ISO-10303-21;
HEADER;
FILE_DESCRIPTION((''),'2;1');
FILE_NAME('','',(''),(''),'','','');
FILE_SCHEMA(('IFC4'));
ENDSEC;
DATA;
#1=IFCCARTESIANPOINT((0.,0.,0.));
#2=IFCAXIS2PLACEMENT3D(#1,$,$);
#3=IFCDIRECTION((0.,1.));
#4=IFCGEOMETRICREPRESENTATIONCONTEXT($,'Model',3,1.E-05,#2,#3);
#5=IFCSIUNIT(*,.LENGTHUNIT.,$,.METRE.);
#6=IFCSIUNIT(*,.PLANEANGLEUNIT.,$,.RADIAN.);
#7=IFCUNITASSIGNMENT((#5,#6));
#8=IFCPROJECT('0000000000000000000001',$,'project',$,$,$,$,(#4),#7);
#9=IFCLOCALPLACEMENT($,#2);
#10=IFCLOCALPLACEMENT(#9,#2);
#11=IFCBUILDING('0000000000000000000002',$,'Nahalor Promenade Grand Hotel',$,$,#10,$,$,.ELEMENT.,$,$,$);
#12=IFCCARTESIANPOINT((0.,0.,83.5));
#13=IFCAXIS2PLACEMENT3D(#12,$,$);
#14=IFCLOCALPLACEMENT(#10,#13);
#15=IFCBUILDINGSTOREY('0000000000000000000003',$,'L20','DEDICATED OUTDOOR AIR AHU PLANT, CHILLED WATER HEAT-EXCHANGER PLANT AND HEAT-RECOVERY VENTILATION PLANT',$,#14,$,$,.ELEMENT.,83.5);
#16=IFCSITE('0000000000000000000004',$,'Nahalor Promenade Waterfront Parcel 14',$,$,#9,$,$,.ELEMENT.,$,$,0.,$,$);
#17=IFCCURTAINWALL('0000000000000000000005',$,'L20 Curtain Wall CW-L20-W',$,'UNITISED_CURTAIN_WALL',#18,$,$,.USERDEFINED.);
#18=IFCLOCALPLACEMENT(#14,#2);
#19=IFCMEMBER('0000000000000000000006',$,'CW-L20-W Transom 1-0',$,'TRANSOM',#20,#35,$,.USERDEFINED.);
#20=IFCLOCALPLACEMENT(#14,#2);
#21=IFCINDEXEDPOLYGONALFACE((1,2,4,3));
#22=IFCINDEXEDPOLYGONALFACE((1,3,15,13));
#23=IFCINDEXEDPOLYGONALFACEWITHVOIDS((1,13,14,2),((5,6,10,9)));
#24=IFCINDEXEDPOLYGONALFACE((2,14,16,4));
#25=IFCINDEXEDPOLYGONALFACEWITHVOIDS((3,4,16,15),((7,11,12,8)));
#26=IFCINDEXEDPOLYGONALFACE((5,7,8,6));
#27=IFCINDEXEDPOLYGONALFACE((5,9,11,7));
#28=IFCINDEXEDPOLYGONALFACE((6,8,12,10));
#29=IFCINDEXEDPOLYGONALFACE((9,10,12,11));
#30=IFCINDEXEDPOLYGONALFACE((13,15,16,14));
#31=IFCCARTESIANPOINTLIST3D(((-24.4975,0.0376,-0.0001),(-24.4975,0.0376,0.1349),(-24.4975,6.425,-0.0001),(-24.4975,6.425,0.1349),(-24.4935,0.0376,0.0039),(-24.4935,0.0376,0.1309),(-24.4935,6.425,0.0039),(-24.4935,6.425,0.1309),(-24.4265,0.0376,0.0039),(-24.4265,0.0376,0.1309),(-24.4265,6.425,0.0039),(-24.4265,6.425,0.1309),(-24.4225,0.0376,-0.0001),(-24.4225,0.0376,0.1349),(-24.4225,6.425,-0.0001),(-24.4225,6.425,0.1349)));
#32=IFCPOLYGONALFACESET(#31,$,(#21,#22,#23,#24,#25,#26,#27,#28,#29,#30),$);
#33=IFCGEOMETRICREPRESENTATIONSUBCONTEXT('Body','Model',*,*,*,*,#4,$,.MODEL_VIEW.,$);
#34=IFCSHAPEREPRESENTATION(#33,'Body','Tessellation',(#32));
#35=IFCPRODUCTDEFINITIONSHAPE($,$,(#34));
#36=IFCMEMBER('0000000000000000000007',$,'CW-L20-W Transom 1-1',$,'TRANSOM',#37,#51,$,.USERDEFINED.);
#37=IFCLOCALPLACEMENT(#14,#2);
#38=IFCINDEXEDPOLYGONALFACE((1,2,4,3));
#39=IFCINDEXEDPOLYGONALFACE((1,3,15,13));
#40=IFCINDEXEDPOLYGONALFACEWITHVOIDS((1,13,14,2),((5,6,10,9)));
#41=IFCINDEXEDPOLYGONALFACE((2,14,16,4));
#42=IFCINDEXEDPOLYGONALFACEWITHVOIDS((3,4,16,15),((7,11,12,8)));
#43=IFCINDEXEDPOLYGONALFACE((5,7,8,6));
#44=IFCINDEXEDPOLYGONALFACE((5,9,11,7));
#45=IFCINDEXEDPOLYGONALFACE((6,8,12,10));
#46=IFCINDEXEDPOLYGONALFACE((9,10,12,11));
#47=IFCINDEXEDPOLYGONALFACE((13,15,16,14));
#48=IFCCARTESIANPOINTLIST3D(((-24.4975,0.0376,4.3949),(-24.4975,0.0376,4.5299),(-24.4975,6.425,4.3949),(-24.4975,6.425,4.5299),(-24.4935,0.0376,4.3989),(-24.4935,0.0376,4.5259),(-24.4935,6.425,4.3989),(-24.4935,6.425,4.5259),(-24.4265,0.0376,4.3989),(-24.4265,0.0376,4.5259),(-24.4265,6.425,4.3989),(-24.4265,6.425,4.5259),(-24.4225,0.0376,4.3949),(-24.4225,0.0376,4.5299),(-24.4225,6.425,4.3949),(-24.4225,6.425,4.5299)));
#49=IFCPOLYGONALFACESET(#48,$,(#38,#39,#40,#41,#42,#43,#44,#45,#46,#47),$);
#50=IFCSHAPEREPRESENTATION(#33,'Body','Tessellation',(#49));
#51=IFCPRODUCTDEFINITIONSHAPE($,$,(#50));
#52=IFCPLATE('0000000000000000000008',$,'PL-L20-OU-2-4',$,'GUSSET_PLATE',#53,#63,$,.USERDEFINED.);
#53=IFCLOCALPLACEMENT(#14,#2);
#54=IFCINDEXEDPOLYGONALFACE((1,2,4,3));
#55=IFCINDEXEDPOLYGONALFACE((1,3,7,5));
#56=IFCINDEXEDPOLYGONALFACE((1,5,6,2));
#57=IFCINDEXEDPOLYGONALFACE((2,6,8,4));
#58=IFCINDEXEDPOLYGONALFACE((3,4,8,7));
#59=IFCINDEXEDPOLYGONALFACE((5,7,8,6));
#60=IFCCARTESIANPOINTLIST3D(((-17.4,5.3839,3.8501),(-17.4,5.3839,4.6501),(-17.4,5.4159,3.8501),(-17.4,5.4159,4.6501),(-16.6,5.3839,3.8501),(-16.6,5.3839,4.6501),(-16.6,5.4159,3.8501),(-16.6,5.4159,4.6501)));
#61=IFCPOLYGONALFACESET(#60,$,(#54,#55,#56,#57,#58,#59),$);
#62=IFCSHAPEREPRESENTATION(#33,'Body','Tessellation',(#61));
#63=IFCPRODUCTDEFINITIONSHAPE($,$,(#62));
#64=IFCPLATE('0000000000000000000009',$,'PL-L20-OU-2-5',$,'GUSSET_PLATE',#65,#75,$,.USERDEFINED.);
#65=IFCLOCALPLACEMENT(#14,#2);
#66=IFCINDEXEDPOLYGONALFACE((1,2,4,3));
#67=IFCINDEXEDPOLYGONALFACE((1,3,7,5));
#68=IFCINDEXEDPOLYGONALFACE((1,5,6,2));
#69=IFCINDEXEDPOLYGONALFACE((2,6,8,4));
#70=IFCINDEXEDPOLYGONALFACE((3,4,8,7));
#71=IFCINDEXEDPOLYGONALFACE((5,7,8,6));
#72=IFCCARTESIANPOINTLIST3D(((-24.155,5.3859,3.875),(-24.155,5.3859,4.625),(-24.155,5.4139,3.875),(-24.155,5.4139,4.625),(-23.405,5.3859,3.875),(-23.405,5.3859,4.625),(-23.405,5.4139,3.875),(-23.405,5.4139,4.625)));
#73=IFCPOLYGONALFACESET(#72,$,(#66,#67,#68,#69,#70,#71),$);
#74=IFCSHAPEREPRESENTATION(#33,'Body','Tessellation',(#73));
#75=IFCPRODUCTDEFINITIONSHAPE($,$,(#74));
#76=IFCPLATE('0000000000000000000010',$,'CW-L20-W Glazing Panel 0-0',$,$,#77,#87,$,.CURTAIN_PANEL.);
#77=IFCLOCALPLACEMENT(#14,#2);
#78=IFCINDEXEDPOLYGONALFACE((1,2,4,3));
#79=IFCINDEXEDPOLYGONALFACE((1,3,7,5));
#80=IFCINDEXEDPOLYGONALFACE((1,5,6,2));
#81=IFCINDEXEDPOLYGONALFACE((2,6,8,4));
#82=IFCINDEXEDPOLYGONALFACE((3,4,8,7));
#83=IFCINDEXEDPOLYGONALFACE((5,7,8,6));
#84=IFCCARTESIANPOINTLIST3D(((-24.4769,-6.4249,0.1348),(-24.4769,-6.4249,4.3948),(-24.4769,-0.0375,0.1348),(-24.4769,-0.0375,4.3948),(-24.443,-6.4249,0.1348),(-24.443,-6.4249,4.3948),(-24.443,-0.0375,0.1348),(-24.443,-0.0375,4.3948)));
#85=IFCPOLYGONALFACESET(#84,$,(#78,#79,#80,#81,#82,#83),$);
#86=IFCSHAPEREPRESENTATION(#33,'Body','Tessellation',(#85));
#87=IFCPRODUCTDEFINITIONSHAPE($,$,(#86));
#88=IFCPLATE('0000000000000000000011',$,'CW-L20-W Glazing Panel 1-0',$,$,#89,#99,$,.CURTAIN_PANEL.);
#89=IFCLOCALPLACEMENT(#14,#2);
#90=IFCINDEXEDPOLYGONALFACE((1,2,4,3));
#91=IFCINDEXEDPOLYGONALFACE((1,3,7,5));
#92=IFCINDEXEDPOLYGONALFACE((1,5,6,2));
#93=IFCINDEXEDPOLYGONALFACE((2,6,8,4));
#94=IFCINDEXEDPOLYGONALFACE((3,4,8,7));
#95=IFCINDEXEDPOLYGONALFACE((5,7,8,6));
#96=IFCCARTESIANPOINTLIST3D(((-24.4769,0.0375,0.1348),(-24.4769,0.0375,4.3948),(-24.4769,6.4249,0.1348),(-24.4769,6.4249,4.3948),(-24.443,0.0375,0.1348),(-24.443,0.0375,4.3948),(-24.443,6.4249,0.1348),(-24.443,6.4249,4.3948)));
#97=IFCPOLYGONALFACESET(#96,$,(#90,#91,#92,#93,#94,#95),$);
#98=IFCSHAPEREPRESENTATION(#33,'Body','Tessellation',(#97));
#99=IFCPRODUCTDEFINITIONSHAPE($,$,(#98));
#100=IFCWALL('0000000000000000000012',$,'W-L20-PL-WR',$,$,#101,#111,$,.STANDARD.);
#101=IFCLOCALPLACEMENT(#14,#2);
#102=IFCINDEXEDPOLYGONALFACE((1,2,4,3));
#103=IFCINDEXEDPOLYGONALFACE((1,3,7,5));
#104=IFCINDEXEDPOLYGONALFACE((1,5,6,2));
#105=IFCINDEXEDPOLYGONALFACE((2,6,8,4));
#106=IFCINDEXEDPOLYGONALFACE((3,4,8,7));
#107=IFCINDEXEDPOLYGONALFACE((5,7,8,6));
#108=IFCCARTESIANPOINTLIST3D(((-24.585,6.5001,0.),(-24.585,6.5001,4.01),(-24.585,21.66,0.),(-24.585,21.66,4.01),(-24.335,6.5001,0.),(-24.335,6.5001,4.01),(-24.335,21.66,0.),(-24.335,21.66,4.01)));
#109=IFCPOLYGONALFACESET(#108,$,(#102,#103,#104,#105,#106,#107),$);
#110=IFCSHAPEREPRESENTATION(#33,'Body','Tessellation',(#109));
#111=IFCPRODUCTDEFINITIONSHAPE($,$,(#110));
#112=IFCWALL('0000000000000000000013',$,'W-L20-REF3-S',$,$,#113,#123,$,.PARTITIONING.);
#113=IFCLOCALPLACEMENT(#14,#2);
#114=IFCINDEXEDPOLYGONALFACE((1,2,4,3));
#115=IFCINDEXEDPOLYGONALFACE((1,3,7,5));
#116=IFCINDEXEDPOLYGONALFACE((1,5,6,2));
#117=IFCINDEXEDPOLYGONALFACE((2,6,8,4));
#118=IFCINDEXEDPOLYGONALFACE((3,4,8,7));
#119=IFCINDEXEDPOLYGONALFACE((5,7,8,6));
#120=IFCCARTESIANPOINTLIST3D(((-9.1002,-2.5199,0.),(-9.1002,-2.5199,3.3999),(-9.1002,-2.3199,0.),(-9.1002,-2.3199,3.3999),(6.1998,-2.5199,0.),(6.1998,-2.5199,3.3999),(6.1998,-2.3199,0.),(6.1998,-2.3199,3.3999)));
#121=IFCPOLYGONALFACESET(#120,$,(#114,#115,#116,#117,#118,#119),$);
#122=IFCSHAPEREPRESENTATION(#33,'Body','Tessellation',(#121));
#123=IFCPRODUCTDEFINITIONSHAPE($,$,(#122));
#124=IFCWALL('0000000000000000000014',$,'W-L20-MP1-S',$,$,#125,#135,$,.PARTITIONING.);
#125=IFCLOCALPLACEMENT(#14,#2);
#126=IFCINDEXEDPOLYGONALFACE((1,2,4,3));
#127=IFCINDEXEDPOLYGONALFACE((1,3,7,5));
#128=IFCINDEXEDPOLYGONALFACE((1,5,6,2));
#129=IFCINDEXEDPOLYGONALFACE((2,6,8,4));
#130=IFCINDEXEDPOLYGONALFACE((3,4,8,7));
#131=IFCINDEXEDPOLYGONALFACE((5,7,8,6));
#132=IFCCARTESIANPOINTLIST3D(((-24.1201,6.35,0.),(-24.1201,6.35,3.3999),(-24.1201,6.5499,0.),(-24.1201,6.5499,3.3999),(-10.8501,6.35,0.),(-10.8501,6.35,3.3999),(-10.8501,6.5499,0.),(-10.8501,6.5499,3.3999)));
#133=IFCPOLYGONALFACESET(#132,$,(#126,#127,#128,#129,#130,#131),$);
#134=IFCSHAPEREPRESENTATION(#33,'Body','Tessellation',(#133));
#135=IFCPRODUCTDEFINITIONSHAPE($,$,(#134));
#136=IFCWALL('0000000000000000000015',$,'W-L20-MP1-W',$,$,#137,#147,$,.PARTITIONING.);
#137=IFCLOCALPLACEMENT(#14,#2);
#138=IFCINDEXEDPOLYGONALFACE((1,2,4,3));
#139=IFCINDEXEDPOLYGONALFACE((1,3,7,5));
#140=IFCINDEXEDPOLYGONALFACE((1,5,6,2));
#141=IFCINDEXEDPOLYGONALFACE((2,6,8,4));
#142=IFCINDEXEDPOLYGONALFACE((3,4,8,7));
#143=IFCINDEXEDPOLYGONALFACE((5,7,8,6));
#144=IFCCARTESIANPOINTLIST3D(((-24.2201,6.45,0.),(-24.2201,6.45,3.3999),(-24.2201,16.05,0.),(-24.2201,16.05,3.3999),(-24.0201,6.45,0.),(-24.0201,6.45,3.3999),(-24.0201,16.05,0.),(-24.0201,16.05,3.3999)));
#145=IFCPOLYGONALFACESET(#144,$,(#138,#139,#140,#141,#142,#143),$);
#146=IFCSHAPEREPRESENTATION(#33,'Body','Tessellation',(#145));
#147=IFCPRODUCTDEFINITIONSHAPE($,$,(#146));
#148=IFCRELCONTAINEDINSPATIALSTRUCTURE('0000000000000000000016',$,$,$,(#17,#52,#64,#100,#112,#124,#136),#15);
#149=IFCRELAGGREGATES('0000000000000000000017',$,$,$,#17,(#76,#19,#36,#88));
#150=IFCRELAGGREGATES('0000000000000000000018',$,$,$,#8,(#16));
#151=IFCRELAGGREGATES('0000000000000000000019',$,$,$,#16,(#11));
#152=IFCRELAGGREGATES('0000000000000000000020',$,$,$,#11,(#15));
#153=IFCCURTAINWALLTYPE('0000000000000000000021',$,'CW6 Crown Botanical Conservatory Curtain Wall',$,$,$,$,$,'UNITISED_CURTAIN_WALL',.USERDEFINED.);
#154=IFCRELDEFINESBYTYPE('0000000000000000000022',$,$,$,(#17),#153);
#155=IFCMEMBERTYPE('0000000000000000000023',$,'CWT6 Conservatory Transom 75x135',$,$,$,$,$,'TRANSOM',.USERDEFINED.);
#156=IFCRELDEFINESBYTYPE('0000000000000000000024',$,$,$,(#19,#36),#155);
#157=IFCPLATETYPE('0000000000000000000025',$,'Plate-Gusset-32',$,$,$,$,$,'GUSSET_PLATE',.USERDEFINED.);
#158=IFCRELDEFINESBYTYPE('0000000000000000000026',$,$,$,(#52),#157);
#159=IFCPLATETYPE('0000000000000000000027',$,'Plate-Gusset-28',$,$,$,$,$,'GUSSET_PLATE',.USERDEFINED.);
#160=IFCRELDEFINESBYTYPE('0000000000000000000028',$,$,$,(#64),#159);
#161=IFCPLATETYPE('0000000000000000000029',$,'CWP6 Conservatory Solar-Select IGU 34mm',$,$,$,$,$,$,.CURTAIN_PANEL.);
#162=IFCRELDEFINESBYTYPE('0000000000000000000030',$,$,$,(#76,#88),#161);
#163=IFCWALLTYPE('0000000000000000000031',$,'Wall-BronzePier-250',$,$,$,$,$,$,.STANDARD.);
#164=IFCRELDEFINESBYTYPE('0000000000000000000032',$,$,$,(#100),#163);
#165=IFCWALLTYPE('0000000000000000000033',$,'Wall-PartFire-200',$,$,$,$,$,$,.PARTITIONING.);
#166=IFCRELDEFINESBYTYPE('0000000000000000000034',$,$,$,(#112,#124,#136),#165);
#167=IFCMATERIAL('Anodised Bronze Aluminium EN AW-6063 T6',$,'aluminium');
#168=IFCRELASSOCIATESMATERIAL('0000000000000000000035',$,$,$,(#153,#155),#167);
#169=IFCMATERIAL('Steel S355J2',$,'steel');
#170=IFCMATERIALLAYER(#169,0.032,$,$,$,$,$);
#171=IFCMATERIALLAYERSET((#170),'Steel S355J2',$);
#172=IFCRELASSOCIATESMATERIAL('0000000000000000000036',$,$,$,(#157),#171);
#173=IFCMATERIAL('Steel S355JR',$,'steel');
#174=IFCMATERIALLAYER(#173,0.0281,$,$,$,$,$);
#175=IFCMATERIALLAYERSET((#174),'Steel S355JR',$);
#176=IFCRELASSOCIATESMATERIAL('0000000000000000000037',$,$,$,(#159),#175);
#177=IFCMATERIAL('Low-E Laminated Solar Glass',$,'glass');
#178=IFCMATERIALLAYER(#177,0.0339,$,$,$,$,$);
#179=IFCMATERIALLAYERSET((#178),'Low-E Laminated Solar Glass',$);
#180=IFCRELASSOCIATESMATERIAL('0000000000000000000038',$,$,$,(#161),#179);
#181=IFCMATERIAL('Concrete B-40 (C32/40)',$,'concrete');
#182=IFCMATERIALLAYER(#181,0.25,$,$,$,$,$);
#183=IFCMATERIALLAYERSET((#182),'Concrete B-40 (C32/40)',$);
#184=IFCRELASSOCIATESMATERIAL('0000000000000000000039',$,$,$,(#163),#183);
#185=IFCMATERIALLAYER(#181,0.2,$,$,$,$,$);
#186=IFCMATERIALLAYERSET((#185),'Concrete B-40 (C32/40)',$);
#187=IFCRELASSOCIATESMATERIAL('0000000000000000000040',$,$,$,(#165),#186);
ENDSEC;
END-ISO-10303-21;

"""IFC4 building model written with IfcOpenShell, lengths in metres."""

from ifc_helpers import new_model, si_unit, direction, frame, frame_2d, origin, origin_2d, place, context, subcontext, project, spatial, rectangle, hollow_rectangle, extrude, source, transform, mapped, material, layer, layer_set, material_profile, profile_set, type_object, element, aggregate, save


model = new_model("IFC4")

# Units and contexts
model_context = context("Model", 3, precision=1e-05, world=origin(), true_north=direction((0.0, 1.0)))
body_context = subcontext(model_context, "Body", "Model", "MODEL_VIEW")
ifc_project = project(units=[si_unit("LENGTHUNIT", "METRE"), si_unit("PLANEANGLEUNIT", "RADIAN")], contexts=[model_context])

# Site, building, storey
site_placement = place(None, origin())
site = spatial("IfcSite", under=ifc_project, at=site_placement, Name="Nahalor Promenade Waterfront Parcel 14", CompositionType="ELEMENT", RefElevation=0.0)
building_placement = place(site_placement, origin())
building = spatial("IfcBuilding", under=site, at=building_placement, Name="Nahalor Promenade Grand Hotel", CompositionType="ELEMENT")
storey_placement = place(building_placement, frame((0.0, 0.0, 83.5)))
storey = spatial("IfcBuildingStorey", under=building, at=storey_placement, Name="L20", Description="DEDICATED OUTDOOR AIR AHU PLANT, CHILLED WATER HEAT-EXCHANGER PLANT AND HEAT-RECOVERY VENTILATION PLANT", CompositionType="ELEMENT", Elevation=83.5)

# Shared definitions
ifc_material_1 = material(Name="Steel S355J2", Category="steel")

# Shared definitions
ifc_material_2 = material(Name="Steel S355JR", Category="steel")

# Curtain wall, members
ifc_material_3 = material(Name="Anodised Bronze Aluminium EN AW-6063 T6", Category="aluminium")
curtain_wall_type = type_object("IfcCurtainWallType", Name="CW6 Crown Botanical Conservatory Curtain Wall", ElementType="UNITISED_CURTAIN_WALL", PredefinedType="USERDEFINED", material=ifc_material_3)
curtain_wall_placement = place(storey_placement, origin())
curtain_wall = element("IfcCurtainWall", 1, at=curtain_wall_placement, inside=storey, type_object=curtain_wall_type, Name="L20 Curtain Wall CW-L20-W", ObjectType="UNITISED_CURTAIN_WALL", PredefinedType="USERDEFINED")
ifc_material_profile_1 = material_profile(ifc_material_3, hollow_rectangle(XDim=0.075, YDim=0.135, WallThickness=0.004, at=origin_2d()), Name="CWT 75x135x4")
ifc_profile_set_1 = profile_set([ifc_material_profile_1], Name="Anodised Bronze Aluminium EN AW-6063 T6")
member_type_1 = type_object("IfcMemberType", Name="CWT6 Conservatory Transom 75x135", ElementType="TRANSOM", PredefinedType="USERDEFINED", material=ifc_profile_set_1)
shared_shape_1 = source(origin(), body_context, "Body", "SweptSolid", [
    extrude(hollow_rectangle(XDim=0.075, YDim=0.135, WallThickness=0.004, at=origin_2d()), origin(), (0.0, 0.0, 1.0), 6.3875),
])
member_1_placement = place(storey_placement, frame((-24.46, 0.0376, 0.0674), z_axis=(0.0, 1.0, 0.0), x_axis=(-1.0, 0.0, 0.0)))
member_1 = element("IfcMember", 2, at=member_1_placement, type_object=member_type_1, Name="CW-L20-W Transom 1-0", ObjectType="TRANSOM", PredefinedType="USERDEFINED", context=body_context, shape_type="MappedRepresentation", body=[
    mapped(shared_shape_1, transform((0.0, 0.0, 0.0), scale=1.0)),
])
member_2_placement = place(storey_placement, frame((-24.46, 0.0376, 4.4624), z_axis=(0.0, 1.0, 0.0), x_axis=(-1.0, 0.0, 0.0)))
member_2 = element("IfcMember", 3, at=member_2_placement, type_object=member_type_1, Name="CW-L20-W Transom 1-1", ObjectType="TRANSOM", PredefinedType="USERDEFINED", context=body_context, shape_type="MappedRepresentation", body=[
    mapped(shared_shape_1, transform((0.0, 0.0, 0.0), scale=1.0)),
])

# Plates
ifc_layer_1 = layer(ifc_material_1, 0.032)
ifc_layer_set_1 = layer_set([ifc_layer_1], Name="Steel S355J2")
plate_type_1 = type_object("IfcPlateType", Name="Plate-Gusset-32", ElementType="GUSSET_PLATE", PredefinedType="USERDEFINED", material=ifc_layer_set_1)
shared_shape_2 = source(origin(), body_context, "Body", "SweptSolid", [
    extrude(rectangle(XDim=0.8, YDim=0.032, at=origin_2d()), origin(), (0.0, 0.0, 1.0), 0.8),
])
plate_1_placement = place(storey_placement, frame((-17.0, 5.3999, 3.8501), z_axis=(0.0, 0.0, 1.0), x_axis=(1.0, 0.0, 0.0)))
element("IfcPlate", 4, at=plate_1_placement, inside=storey, type_object=plate_type_1, Name="PL-L20-OU-2-4", ObjectType="GUSSET_PLATE", PredefinedType="USERDEFINED", context=body_context, shape_type="MappedRepresentation", body=[
    mapped(shared_shape_2, transform((0.0, 0.0, 0.0), scale=1.0)),
])
ifc_layer_2 = layer(ifc_material_2, 0.0281)
ifc_layer_set_2 = layer_set([ifc_layer_2], Name="Steel S355JR")
plate_type_2 = type_object("IfcPlateType", Name="Plate-Gusset-28", ElementType="GUSSET_PLATE", PredefinedType="USERDEFINED", material=ifc_layer_set_2)
shared_shape_3 = source(origin(), body_context, "Body", "SweptSolid", [
    extrude(rectangle(XDim=0.75, YDim=0.0281, at=origin_2d()), origin(), (0.0, 0.0, 1.0), 0.75),
])
plate_2_placement = place(storey_placement, frame((-23.78, 5.3999, 3.875), z_axis=(0.0, 0.0, 1.0), x_axis=(1.0, 0.0, 0.0)))
element("IfcPlate", 5, at=plate_2_placement, inside=storey, type_object=plate_type_2, Name="PL-L20-OU-2-5", ObjectType="GUSSET_PLATE", PredefinedType="USERDEFINED", context=body_context, shape_type="MappedRepresentation", body=[
    mapped(shared_shape_3, transform((0.0, 0.0, 0.0), scale=1.0)),
])

# Plates
ifc_material_4 = material(Name="Low-E Laminated Solar Glass", Category="glass")
ifc_layer_3 = layer(ifc_material_4, 0.0339)
ifc_layer_set_3 = layer_set([ifc_layer_3], Name="Low-E Laminated Solar Glass")
plate_type_3 = type_object("IfcPlateType", Name="CWP6 Conservatory Solar-Select IGU 34mm", PredefinedType="CURTAIN_PANEL", material=ifc_layer_set_3)
shared_shape_4 = source(origin(), body_context, "Body", "SweptSolid", [
    extrude(rectangle(XDim=6.3875, YDim=0.0339, at=origin_2d()), origin(), (0.0, 0.0, 1.0), 4.26),
])
plate_3_placement = place(storey_placement, frame((-24.46, -3.2312, 0.1348), z_axis=(0.0, 0.0, 1.0), x_axis=(0.0, 1.0, 0.0)))
plate_3 = element("IfcPlate", 6, at=plate_3_placement, type_object=plate_type_3, Name="CW-L20-W Glazing Panel 0-0", PredefinedType="CURTAIN_PANEL", context=body_context, shape_type="MappedRepresentation", body=[
    mapped(shared_shape_4, transform((0.0, 0.0, 0.0), scale=1.0)),
])
plate_4_placement = place(storey_placement, frame((-24.46, 3.2312, 0.1348), z_axis=(0.0, 0.0, 1.0), x_axis=(0.0, 1.0, 0.0)))
plate_4 = element("IfcPlate", 7, at=plate_4_placement, type_object=plate_type_3, Name="CW-L20-W Glazing Panel 1-0", PredefinedType="CURTAIN_PANEL", context=body_context, shape_type="MappedRepresentation", body=[
    mapped(shared_shape_4, transform((0.0, 0.0, 0.0), scale=1.0)),
])
aggregate(curtain_wall, [plate_3, member_1, member_2, plate_4])

# Walls
ifc_material_5 = material(Name="Concrete B-40 (C32/40)", Category="concrete")
ifc_layer_4 = layer(ifc_material_5, 0.25)
ifc_layer_set_4 = layer_set([ifc_layer_4], Name="Concrete B-40 (C32/40)")
wall_type_1 = type_object("IfcWallType", Name="Wall-BronzePier-250", PredefinedType="STANDARD", material=ifc_layer_set_4)
shared_shape_5 = source(origin(), body_context, "Body", "SweptSolid", [
    extrude(rectangle(XDim=15.1599, YDim=0.25, at=frame_2d((7.5801, 0.0))), origin(), (0.0, 0.0, 1.0), 4.01),
])
wall_1_placement = place(storey_placement, frame((-24.46, 6.5, 0.0), z_axis=(0.0, 0.0, 1.0), x_axis=(0.0, 1.0, 0.0)))
element("IfcWall", 8, at=wall_1_placement, inside=storey, type_object=wall_type_1, Name="W-L20-PL-WR", PredefinedType="STANDARD", context=body_context, shape_type="MappedRepresentation", body=[
    mapped(shared_shape_5, transform((0.0, 0.0, 0.0), scale=1.0)),
])
ifc_layer_5 = layer(ifc_material_5, 0.2)
ifc_layer_set_5 = layer_set([ifc_layer_5], Name="Concrete B-40 (C32/40)")
wall_type_2 = type_object("IfcWallType", Name="Wall-PartFire-200", PredefinedType="PARTITIONING", material=ifc_layer_set_5)
shared_shape_6 = source(origin(), body_context, "Body", "SweptSolid", [
    extrude(rectangle(XDim=15.3, YDim=0.2, at=frame_2d((7.6499, 0.0))), origin(), (0.0, 0.0, 1.0), 3.3999),
])
wall_2_placement = place(storey_placement, frame((-9.1001, -2.4199, 0.0), z_axis=(0.0, 0.0, 1.0), x_axis=(1.0, 0.0, 0.0)))
element("IfcWall", 9, at=wall_2_placement, inside=storey, type_object=wall_type_2, Name="W-L20-REF3-S", PredefinedType="PARTITIONING", context=body_context, shape_type="MappedRepresentation", body=[
    mapped(shared_shape_6, transform((0.0, 0.0, 0.0), scale=1.0)),
])
shared_shape_7 = source(origin(), body_context, "Body", "SweptSolid", [
    extrude(rectangle(XDim=13.27, YDim=0.2, at=frame_2d((6.635, 0.0))), origin(), (0.0, 0.0, 1.0), 3.3999),
])
wall_3_placement = place(storey_placement, frame((-24.1201, 6.45, 0.0), z_axis=(0.0, 0.0, 1.0), x_axis=(1.0, 0.0, 0.0)))
element("IfcWall", 10, at=wall_3_placement, inside=storey, type_object=wall_type_2, Name="W-L20-MP1-S", PredefinedType="PARTITIONING", context=body_context, shape_type="MappedRepresentation", body=[
    mapped(shared_shape_7, transform((0.0, 0.0, 0.0), scale=1.0)),
])
shared_shape_8 = source(origin(), body_context, "Body", "SweptSolid", [
    extrude(rectangle(XDim=9.6001, YDim=0.2, at=frame_2d((4.8, 0.0))), origin(), (0.0, 0.0, 1.0), 3.3999),
])
wall_4_placement = place(storey_placement, frame((-24.1201, 6.45, 0.0), z_axis=(0.0, 0.0, 1.0), x_axis=(0.0, 1.0, 0.0)))
element("IfcWall", 11, at=wall_4_placement, inside=storey, type_object=wall_type_2, Name="W-L20-MP1-W", PredefinedType="PARTITIONING", context=body_context, shape_type="MappedRepresentation", body=[
    mapped(shared_shape_8, transform((0.0, 0.0, 0.0), scale=1.0)),
])

save(model, "model.ifc")
